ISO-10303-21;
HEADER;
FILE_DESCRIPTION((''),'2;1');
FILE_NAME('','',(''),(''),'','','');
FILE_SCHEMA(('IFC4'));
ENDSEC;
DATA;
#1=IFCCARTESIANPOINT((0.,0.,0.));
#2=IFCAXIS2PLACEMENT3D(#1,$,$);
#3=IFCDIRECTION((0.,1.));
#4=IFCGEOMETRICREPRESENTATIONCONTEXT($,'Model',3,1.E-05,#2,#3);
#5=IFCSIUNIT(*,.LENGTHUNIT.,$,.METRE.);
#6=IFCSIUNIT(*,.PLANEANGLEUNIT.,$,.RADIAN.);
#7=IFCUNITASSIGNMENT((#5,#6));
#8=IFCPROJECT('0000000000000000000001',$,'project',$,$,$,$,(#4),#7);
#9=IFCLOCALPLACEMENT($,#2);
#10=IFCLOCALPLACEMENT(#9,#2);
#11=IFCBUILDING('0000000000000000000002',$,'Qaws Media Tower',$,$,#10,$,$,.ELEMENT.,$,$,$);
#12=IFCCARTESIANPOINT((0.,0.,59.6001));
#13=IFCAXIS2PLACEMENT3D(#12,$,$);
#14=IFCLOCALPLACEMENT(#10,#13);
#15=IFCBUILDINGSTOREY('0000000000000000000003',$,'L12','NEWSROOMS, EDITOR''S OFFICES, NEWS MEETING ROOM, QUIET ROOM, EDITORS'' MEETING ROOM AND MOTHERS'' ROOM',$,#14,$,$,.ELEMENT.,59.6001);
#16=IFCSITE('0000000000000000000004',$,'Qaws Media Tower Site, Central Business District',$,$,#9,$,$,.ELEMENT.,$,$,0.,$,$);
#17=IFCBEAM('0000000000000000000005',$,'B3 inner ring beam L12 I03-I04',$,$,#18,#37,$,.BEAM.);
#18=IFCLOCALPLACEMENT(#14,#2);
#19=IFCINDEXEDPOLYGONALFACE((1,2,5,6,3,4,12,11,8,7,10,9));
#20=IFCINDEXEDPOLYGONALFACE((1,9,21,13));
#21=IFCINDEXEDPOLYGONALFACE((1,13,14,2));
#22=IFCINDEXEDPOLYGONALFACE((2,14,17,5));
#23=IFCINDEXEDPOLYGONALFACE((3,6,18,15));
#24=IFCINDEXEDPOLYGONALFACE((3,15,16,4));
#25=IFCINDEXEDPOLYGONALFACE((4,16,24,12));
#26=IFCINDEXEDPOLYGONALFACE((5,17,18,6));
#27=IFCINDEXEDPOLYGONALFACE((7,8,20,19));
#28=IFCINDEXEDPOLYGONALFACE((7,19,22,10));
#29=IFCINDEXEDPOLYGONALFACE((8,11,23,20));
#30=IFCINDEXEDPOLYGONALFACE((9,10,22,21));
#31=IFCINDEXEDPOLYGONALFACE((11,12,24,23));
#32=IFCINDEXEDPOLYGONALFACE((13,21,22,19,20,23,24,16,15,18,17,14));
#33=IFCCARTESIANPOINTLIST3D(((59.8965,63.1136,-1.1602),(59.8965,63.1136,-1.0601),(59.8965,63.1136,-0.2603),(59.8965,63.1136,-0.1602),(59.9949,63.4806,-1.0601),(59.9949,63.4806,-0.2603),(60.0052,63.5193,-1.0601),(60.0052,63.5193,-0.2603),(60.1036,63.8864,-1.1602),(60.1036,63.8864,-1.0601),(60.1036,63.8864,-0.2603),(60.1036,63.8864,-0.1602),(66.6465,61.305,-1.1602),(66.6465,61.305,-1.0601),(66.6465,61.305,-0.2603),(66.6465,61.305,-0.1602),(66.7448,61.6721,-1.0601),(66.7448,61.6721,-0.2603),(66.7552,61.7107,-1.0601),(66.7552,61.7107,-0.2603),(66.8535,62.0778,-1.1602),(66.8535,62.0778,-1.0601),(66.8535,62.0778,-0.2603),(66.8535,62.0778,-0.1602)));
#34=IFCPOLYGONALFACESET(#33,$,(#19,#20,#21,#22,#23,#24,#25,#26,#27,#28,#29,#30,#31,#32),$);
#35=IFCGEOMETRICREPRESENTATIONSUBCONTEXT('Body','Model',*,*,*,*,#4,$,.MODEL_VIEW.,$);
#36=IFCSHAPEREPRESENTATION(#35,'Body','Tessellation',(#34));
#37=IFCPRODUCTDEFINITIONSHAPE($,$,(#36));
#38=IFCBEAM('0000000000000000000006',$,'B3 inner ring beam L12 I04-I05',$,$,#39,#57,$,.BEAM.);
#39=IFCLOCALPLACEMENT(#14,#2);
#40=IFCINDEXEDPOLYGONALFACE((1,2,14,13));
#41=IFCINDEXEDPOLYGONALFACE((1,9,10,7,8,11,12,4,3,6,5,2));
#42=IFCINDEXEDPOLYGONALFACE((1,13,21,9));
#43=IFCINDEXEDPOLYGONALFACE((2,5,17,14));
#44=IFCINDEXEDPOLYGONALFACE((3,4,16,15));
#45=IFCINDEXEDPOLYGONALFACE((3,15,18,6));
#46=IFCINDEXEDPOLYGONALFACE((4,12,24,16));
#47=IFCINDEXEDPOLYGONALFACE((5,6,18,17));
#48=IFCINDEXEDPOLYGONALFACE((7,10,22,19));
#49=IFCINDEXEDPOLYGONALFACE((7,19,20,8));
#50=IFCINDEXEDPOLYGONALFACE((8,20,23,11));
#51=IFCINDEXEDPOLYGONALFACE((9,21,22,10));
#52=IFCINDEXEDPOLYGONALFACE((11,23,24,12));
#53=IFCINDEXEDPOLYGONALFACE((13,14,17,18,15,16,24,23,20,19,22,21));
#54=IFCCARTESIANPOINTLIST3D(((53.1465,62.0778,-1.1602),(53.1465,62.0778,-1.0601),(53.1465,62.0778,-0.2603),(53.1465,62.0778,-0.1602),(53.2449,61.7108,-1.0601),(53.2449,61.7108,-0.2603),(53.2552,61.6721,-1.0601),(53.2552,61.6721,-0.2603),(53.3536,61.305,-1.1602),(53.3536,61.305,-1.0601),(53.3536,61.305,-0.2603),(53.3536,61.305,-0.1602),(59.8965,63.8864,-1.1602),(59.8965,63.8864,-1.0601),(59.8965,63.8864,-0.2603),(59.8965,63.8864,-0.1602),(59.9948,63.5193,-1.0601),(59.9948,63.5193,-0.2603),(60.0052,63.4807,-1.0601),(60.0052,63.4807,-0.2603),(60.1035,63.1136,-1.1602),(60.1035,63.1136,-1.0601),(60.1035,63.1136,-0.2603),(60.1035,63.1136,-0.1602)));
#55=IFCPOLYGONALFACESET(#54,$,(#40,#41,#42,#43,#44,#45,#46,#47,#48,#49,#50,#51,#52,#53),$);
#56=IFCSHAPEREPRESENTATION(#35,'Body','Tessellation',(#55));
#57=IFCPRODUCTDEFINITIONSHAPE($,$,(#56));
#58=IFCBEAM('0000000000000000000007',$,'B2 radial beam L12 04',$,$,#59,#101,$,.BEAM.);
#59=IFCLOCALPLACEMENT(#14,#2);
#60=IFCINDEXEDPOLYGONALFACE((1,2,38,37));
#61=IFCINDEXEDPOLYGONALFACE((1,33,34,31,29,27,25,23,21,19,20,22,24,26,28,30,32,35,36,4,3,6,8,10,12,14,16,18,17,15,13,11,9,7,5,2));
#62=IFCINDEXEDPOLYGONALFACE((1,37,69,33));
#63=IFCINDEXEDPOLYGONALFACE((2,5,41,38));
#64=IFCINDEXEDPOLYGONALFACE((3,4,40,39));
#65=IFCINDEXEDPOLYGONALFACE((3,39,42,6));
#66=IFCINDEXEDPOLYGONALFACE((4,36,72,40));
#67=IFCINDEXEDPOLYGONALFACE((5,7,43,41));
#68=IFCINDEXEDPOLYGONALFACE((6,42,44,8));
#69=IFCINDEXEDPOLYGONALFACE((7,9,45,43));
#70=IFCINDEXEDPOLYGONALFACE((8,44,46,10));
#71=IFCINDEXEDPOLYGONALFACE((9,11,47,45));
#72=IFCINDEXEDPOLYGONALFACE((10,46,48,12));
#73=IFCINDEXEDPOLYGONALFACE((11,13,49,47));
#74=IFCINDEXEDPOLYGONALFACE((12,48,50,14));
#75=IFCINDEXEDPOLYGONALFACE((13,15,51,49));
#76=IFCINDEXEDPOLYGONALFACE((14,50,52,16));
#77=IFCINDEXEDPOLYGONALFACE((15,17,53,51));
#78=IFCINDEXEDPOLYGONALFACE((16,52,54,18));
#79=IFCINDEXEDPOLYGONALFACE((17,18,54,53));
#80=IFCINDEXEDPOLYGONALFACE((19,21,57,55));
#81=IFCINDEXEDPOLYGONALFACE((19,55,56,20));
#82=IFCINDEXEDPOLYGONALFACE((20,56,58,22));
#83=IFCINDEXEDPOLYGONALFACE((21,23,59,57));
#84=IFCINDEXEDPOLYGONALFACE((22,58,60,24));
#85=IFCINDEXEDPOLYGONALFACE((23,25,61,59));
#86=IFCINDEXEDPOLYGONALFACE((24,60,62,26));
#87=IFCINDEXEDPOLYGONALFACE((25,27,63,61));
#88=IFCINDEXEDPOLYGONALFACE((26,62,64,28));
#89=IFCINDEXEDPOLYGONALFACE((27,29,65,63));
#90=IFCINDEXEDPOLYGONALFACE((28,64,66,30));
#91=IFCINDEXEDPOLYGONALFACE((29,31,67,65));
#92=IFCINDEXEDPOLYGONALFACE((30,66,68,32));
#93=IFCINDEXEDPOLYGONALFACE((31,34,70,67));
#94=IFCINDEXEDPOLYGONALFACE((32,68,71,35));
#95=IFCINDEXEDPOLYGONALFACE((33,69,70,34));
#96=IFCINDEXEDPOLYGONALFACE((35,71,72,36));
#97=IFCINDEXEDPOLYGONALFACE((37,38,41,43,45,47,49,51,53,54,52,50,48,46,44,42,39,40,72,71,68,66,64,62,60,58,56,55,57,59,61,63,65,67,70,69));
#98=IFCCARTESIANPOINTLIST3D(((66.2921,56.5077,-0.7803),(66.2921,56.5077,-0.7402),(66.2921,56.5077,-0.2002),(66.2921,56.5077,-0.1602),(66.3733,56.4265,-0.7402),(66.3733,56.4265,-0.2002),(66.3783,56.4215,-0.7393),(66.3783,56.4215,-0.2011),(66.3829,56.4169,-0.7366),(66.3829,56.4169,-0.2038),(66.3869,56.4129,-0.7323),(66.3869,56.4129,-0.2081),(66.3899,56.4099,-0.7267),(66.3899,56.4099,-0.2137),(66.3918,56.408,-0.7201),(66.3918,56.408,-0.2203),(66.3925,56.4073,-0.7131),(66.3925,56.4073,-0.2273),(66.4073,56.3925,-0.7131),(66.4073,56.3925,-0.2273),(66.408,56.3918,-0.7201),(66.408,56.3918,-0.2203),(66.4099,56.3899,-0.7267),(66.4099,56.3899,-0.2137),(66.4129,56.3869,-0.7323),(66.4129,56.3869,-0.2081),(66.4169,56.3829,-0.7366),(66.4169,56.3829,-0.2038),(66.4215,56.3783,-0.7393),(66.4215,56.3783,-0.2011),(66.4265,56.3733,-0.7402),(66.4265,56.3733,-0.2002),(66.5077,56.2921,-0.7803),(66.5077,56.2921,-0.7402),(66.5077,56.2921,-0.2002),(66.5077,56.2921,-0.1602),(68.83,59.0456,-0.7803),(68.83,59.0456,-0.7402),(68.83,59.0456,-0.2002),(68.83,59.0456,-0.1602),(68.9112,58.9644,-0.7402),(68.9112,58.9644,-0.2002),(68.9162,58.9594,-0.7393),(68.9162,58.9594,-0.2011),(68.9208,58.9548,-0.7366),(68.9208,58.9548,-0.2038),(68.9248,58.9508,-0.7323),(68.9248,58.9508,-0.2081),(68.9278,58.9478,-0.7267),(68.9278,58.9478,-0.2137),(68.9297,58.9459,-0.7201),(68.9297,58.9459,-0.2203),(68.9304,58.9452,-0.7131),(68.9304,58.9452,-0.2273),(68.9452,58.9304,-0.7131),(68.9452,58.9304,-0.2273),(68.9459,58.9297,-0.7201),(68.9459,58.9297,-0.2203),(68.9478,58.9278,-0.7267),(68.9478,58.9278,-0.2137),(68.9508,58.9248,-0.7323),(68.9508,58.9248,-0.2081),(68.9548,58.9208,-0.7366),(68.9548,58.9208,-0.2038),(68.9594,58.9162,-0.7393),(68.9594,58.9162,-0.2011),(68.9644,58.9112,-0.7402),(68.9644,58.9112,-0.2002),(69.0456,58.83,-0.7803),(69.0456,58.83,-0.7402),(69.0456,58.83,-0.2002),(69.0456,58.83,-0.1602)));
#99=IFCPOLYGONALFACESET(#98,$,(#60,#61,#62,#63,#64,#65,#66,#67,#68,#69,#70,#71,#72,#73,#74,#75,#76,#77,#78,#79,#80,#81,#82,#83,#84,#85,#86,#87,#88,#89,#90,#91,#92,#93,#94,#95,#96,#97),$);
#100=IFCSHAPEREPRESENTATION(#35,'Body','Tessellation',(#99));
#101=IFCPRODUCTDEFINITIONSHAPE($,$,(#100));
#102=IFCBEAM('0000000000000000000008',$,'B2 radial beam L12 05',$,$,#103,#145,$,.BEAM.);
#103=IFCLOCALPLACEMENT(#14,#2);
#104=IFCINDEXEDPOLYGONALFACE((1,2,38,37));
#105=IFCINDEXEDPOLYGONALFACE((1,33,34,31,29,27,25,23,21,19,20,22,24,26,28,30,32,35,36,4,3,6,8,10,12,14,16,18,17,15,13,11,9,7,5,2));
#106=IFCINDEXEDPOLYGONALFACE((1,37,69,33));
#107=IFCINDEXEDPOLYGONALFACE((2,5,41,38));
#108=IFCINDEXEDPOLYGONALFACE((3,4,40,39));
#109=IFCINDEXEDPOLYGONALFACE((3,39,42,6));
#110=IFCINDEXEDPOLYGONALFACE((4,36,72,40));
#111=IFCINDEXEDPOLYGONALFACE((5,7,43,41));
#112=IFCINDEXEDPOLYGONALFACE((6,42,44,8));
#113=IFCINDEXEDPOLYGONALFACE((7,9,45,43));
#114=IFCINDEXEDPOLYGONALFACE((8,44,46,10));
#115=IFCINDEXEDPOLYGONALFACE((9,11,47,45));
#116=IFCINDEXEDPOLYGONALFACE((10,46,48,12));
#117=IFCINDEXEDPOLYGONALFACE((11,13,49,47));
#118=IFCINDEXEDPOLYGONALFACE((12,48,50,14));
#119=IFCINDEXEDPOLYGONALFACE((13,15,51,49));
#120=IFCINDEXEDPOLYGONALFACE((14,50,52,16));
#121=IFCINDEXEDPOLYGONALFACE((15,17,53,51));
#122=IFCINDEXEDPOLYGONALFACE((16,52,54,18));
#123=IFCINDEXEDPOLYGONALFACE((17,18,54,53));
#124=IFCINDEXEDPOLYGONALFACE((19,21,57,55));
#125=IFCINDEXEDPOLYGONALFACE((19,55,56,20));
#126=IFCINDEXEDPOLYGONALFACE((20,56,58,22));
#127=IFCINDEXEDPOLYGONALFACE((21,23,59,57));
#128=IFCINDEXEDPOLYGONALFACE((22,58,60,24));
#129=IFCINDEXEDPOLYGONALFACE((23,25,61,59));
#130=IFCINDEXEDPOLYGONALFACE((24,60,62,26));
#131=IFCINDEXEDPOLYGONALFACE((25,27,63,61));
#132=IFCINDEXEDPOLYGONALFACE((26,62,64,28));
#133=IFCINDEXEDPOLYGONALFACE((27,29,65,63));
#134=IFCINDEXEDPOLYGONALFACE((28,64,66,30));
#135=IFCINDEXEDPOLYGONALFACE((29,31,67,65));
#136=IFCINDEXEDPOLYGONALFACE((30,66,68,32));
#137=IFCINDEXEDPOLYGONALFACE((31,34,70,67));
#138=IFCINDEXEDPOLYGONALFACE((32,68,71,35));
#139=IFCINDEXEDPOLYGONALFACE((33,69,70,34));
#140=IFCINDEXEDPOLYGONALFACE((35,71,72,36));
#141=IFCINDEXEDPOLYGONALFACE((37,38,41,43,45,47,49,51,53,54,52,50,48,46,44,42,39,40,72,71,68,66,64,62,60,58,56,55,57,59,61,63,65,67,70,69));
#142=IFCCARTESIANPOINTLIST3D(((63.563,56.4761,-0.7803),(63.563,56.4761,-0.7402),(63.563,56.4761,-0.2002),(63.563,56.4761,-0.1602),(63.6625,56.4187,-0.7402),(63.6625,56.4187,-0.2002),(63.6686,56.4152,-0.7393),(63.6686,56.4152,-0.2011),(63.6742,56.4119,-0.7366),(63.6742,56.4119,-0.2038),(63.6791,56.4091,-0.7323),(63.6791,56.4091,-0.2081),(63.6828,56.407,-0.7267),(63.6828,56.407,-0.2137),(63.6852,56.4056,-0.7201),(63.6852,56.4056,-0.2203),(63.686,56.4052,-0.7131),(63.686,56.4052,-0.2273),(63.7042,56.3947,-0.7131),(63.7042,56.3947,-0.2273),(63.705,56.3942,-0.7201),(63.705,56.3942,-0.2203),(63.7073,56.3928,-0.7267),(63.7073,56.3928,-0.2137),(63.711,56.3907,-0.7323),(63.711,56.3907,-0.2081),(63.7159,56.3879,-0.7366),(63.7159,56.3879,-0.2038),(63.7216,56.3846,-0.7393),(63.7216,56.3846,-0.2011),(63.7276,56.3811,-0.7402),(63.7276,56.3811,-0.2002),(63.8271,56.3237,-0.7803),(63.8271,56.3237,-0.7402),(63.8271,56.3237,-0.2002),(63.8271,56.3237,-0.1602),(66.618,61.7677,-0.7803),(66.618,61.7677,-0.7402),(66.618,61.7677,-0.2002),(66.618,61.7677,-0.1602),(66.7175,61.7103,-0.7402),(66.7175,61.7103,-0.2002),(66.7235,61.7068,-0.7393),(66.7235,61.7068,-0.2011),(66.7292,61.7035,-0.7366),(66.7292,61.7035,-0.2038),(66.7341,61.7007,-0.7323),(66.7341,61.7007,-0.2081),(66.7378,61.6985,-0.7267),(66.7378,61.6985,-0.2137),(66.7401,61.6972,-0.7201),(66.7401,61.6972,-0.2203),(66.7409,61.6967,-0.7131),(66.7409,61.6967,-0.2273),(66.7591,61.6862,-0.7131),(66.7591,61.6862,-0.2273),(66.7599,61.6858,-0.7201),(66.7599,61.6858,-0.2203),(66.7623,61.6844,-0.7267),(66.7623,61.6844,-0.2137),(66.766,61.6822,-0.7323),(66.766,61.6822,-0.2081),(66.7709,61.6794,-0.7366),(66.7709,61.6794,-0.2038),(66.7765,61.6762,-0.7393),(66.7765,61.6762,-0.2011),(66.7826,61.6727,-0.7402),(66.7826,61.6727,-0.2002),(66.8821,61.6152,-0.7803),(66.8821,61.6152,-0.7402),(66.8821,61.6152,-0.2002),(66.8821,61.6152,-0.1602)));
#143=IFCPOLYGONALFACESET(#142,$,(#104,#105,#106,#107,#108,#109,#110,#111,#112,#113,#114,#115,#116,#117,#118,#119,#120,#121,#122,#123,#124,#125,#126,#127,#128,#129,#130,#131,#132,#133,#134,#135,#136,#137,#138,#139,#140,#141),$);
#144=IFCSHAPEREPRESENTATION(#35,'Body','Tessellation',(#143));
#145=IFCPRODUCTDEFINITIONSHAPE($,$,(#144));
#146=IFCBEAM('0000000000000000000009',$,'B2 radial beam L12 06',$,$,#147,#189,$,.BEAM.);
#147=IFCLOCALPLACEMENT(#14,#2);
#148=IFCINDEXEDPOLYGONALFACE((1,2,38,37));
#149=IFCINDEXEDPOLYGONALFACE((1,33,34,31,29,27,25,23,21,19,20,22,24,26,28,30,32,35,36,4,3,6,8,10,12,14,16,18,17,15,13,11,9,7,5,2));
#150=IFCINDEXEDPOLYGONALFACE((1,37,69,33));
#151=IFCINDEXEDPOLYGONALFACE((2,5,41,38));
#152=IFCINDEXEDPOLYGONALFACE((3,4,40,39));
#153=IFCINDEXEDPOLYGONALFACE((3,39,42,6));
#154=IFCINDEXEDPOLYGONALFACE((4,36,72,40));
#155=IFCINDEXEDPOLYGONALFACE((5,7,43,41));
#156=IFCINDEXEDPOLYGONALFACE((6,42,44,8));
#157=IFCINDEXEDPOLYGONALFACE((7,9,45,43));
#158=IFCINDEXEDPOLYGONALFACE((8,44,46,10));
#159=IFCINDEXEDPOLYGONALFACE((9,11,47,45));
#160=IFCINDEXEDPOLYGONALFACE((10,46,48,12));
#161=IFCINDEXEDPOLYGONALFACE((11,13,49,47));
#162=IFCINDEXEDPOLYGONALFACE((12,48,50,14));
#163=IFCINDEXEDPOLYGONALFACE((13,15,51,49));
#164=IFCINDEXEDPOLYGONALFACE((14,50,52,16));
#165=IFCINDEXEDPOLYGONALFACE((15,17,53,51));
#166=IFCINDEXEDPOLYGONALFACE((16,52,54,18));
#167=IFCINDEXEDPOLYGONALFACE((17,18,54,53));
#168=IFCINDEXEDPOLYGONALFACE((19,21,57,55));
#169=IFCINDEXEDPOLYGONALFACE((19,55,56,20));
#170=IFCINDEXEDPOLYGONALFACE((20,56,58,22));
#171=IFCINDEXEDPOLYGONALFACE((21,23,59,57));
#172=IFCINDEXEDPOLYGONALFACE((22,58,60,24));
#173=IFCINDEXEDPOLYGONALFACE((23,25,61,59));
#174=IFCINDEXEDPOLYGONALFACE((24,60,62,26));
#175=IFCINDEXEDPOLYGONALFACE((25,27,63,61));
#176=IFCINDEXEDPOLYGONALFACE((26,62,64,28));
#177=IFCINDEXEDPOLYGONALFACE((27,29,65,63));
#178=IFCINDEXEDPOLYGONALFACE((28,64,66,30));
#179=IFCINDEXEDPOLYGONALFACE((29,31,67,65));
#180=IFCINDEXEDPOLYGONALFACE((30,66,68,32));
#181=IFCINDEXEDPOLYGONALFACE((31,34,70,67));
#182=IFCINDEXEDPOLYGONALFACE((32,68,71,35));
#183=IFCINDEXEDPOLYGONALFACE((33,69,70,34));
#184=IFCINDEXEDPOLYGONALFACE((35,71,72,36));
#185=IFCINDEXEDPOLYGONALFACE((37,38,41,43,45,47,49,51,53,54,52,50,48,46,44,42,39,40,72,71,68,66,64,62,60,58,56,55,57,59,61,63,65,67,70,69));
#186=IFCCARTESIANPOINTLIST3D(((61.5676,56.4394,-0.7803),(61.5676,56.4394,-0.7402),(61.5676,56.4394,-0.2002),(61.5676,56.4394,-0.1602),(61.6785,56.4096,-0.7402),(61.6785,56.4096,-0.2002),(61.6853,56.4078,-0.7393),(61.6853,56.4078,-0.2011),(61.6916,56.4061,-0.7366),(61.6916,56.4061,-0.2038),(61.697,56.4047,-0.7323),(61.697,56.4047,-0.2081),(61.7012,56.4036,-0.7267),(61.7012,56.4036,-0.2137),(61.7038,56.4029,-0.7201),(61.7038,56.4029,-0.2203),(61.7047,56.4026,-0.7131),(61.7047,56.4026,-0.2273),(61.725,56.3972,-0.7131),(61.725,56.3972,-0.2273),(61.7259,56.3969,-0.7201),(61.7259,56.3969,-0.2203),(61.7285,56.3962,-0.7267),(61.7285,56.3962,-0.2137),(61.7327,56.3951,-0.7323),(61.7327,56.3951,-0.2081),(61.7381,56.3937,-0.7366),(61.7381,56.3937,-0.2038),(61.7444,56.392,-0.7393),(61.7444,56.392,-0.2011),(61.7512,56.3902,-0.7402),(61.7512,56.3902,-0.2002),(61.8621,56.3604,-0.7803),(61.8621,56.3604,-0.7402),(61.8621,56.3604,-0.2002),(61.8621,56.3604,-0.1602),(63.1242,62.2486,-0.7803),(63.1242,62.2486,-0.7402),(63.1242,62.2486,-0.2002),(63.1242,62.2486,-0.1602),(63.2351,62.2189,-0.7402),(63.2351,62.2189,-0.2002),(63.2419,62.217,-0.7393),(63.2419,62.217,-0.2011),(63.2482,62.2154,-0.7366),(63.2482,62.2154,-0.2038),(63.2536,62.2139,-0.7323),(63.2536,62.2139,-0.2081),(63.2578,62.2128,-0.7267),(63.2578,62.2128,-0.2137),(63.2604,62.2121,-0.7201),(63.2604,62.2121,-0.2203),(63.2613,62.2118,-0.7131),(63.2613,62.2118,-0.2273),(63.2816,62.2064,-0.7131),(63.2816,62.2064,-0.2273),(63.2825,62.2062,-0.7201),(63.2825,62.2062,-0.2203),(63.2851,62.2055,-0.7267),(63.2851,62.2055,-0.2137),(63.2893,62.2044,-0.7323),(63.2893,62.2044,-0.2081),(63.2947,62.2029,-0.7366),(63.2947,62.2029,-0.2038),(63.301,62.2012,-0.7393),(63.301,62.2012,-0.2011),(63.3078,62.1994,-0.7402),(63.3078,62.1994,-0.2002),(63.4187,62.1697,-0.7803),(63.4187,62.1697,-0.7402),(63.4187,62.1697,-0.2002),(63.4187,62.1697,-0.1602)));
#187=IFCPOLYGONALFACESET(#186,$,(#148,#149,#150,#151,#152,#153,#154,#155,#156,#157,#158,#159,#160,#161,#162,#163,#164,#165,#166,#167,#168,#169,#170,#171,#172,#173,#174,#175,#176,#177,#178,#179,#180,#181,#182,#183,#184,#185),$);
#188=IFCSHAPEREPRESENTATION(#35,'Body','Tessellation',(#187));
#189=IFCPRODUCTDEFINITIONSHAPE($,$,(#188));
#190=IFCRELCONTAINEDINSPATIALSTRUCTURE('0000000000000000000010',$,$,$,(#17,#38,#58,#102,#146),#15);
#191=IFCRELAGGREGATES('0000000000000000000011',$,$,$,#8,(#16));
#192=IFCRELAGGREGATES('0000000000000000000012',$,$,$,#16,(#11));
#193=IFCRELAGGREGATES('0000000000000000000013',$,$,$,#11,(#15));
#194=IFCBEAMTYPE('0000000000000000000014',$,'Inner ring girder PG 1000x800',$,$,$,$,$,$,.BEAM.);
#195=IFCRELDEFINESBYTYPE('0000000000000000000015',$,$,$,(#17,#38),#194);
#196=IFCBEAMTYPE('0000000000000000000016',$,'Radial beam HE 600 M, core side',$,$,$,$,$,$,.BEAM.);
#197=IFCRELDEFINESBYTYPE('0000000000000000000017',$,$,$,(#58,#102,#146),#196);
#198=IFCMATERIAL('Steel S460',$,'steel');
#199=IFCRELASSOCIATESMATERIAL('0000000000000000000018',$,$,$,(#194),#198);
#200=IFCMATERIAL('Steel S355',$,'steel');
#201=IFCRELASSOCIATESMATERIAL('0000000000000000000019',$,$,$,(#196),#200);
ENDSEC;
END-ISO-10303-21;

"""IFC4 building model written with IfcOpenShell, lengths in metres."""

from ifc_helpers import new_model, si_unit, direction, frame, origin, origin_2d, place, context, subcontext, project, spatial, i_section, extrude, material, material_profile, profile_set, type_object, element, save


model = new_model("IFC4")

# Units and contexts
model_context = context("Model", 3, precision=1e-05, world=origin(), true_north=direction((0.0, 1.0)))
body_context = subcontext(model_context, "Body", "Model", "MODEL_VIEW")
ifc_project = project(units=[si_unit("LENGTHUNIT", "METRE"), si_unit("PLANEANGLEUNIT", "RADIAN")], contexts=[model_context])

# Site, building, storey
site_placement = place(None, origin())
site = spatial("IfcSite", under=ifc_project, at=site_placement, Name="Qaws Media Tower Site, Central Business District", CompositionType="ELEMENT", RefElevation=0.0)
building_placement = place(site_placement, origin())
building = spatial("IfcBuilding", under=site, at=building_placement, Name="Qaws Media Tower", CompositionType="ELEMENT")
storey_placement = place(building_placement, frame((0.0, 0.0, 59.6001)))
storey = spatial("IfcBuildingStorey", under=building, at=storey_placement, Name="L12", Description="NEWSROOMS, EDITOR'S OFFICES, NEWS MEETING ROOM, QUIET ROOM, EDITORS' MEETING ROOM AND MOTHERS' ROOM", CompositionType="ELEMENT", Elevation=59.6001)

# Beams
ifc_material_1 = material(Name="Steel S460", Category="steel")
ifc_material_profile_1 = material_profile(ifc_material_1, i_section(OverallWidth=0.8, OverallDepth=1.0, WebThickness=0.04, FlangeThickness=0.1001, at=origin_2d()), Name="PG 1000x800")
ifc_profile_set_1 = profile_set([ifc_material_profile_1], Name="Steel S460")
beam_type_1 = type_object("IfcBeamType", Name="Inner ring girder PG 1000x800", PredefinedType="BEAM", material=ifc_profile_set_1)
for number, where, z_axis, x_axis, name in (
    (1, (66.75, 61.6914, -0.6602), (-0.965928, 0.258811, 0.0), (-0.258811, -0.965928, 0.0), "B3 inner ring beam L12 I03-I04"),
    (2, (60.0, 63.5, -0.6602), (-0.965928, -0.258811, 0.0), (0.258811, -0.965928, 0.0), "B3 inner ring beam L12 I04-I05"),
):
    element("IfcBeam", number, at=place(storey_placement, frame(where, z_axis=z_axis, x_axis=x_axis)), inside=storey, type_object=beam_type_1, Name=name, PredefinedType="BEAM", context=body_context, shape_type="SweptSolid", body=[
        extrude(i_section(OverallWidth=0.8, OverallDepth=1.0, WebThickness=0.04, FlangeThickness=0.1001, at=origin_2d()), origin(), (0.0, 0.0, 1.0), 6.988),
    ])
ifc_material_2 = material(Name="Steel S355", Category="steel")
ifc_material_profile_2 = material_profile(ifc_material_2, i_section(OverallWidth=0.3049, OverallDepth=0.6201, WebThickness=0.021, FlangeThickness=0.04, FilletRadius=0.0271, at=origin_2d()), Name="HE 600 M")
ifc_profile_set_2 = profile_set([ifc_material_profile_2], Name="Steel S355")
beam_type_2 = type_object("IfcBeamType", Name="Radial beam HE 600 M, core side", PredefinedType="BEAM", material=ifc_profile_set_2)
beam_1_placement = place(storey_placement, frame((66.3999, 56.3999, -0.4702), z_axis=(0.707107, 0.707107, 0.0), x_axis=(-0.707107, 0.707107, 0.0)))
element("IfcBeam", 3, at=beam_1_placement, inside=storey, type_object=beam_type_2, Name="B2 radial beam L12 04", PredefinedType="BEAM", context=body_context, shape_type="SweptSolid", body=[
    extrude(i_section(OverallWidth=0.3049, OverallDepth=0.6201, WebThickness=0.021, FlangeThickness=0.04, FilletRadius=0.0271, at=origin_2d()), origin(), (0.0, 0.0, 1.0), 3.5891),
])
beam_2_placement = place(storey_placement, frame((63.6951, 56.3999, -0.4702), z_axis=(0.499985, 0.866034, 0.0), x_axis=(-0.866034, 0.499985, 0.0)))
element("IfcBeam", 4, at=beam_2_placement, inside=storey, type_object=beam_type_2, Name="B2 radial beam L12 05", PredefinedType="BEAM", context=body_context, shape_type="SweptSolid", body=[
    extrude(i_section(OverallWidth=0.3049, OverallDepth=0.6201, WebThickness=0.021, FlangeThickness=0.04, FilletRadius=0.0271, at=origin_2d()), origin(), (0.0, 0.0, 1.0), 6.1101),
])
beam_3_placement = place(storey_placement, frame((61.7148, 56.3999, -0.4702), z_axis=(0.258825, 0.965924, 0.0), x_axis=(-0.965924, 0.258825, 0.0)))
element("IfcBeam", 5, at=beam_3_placement, inside=storey, type_object=beam_type_2, Name="B2 radial beam L12 06", PredefinedType="BEAM", context=body_context, shape_type="SweptSolid", body=[
    extrude(i_section(OverallWidth=0.3049, OverallDepth=0.6201, WebThickness=0.021, FlangeThickness=0.04, FilletRadius=0.0271, at=origin_2d()), origin(), (0.0, 0.0, 1.0), 6.0142),
])

save(model, "model.ifc")
